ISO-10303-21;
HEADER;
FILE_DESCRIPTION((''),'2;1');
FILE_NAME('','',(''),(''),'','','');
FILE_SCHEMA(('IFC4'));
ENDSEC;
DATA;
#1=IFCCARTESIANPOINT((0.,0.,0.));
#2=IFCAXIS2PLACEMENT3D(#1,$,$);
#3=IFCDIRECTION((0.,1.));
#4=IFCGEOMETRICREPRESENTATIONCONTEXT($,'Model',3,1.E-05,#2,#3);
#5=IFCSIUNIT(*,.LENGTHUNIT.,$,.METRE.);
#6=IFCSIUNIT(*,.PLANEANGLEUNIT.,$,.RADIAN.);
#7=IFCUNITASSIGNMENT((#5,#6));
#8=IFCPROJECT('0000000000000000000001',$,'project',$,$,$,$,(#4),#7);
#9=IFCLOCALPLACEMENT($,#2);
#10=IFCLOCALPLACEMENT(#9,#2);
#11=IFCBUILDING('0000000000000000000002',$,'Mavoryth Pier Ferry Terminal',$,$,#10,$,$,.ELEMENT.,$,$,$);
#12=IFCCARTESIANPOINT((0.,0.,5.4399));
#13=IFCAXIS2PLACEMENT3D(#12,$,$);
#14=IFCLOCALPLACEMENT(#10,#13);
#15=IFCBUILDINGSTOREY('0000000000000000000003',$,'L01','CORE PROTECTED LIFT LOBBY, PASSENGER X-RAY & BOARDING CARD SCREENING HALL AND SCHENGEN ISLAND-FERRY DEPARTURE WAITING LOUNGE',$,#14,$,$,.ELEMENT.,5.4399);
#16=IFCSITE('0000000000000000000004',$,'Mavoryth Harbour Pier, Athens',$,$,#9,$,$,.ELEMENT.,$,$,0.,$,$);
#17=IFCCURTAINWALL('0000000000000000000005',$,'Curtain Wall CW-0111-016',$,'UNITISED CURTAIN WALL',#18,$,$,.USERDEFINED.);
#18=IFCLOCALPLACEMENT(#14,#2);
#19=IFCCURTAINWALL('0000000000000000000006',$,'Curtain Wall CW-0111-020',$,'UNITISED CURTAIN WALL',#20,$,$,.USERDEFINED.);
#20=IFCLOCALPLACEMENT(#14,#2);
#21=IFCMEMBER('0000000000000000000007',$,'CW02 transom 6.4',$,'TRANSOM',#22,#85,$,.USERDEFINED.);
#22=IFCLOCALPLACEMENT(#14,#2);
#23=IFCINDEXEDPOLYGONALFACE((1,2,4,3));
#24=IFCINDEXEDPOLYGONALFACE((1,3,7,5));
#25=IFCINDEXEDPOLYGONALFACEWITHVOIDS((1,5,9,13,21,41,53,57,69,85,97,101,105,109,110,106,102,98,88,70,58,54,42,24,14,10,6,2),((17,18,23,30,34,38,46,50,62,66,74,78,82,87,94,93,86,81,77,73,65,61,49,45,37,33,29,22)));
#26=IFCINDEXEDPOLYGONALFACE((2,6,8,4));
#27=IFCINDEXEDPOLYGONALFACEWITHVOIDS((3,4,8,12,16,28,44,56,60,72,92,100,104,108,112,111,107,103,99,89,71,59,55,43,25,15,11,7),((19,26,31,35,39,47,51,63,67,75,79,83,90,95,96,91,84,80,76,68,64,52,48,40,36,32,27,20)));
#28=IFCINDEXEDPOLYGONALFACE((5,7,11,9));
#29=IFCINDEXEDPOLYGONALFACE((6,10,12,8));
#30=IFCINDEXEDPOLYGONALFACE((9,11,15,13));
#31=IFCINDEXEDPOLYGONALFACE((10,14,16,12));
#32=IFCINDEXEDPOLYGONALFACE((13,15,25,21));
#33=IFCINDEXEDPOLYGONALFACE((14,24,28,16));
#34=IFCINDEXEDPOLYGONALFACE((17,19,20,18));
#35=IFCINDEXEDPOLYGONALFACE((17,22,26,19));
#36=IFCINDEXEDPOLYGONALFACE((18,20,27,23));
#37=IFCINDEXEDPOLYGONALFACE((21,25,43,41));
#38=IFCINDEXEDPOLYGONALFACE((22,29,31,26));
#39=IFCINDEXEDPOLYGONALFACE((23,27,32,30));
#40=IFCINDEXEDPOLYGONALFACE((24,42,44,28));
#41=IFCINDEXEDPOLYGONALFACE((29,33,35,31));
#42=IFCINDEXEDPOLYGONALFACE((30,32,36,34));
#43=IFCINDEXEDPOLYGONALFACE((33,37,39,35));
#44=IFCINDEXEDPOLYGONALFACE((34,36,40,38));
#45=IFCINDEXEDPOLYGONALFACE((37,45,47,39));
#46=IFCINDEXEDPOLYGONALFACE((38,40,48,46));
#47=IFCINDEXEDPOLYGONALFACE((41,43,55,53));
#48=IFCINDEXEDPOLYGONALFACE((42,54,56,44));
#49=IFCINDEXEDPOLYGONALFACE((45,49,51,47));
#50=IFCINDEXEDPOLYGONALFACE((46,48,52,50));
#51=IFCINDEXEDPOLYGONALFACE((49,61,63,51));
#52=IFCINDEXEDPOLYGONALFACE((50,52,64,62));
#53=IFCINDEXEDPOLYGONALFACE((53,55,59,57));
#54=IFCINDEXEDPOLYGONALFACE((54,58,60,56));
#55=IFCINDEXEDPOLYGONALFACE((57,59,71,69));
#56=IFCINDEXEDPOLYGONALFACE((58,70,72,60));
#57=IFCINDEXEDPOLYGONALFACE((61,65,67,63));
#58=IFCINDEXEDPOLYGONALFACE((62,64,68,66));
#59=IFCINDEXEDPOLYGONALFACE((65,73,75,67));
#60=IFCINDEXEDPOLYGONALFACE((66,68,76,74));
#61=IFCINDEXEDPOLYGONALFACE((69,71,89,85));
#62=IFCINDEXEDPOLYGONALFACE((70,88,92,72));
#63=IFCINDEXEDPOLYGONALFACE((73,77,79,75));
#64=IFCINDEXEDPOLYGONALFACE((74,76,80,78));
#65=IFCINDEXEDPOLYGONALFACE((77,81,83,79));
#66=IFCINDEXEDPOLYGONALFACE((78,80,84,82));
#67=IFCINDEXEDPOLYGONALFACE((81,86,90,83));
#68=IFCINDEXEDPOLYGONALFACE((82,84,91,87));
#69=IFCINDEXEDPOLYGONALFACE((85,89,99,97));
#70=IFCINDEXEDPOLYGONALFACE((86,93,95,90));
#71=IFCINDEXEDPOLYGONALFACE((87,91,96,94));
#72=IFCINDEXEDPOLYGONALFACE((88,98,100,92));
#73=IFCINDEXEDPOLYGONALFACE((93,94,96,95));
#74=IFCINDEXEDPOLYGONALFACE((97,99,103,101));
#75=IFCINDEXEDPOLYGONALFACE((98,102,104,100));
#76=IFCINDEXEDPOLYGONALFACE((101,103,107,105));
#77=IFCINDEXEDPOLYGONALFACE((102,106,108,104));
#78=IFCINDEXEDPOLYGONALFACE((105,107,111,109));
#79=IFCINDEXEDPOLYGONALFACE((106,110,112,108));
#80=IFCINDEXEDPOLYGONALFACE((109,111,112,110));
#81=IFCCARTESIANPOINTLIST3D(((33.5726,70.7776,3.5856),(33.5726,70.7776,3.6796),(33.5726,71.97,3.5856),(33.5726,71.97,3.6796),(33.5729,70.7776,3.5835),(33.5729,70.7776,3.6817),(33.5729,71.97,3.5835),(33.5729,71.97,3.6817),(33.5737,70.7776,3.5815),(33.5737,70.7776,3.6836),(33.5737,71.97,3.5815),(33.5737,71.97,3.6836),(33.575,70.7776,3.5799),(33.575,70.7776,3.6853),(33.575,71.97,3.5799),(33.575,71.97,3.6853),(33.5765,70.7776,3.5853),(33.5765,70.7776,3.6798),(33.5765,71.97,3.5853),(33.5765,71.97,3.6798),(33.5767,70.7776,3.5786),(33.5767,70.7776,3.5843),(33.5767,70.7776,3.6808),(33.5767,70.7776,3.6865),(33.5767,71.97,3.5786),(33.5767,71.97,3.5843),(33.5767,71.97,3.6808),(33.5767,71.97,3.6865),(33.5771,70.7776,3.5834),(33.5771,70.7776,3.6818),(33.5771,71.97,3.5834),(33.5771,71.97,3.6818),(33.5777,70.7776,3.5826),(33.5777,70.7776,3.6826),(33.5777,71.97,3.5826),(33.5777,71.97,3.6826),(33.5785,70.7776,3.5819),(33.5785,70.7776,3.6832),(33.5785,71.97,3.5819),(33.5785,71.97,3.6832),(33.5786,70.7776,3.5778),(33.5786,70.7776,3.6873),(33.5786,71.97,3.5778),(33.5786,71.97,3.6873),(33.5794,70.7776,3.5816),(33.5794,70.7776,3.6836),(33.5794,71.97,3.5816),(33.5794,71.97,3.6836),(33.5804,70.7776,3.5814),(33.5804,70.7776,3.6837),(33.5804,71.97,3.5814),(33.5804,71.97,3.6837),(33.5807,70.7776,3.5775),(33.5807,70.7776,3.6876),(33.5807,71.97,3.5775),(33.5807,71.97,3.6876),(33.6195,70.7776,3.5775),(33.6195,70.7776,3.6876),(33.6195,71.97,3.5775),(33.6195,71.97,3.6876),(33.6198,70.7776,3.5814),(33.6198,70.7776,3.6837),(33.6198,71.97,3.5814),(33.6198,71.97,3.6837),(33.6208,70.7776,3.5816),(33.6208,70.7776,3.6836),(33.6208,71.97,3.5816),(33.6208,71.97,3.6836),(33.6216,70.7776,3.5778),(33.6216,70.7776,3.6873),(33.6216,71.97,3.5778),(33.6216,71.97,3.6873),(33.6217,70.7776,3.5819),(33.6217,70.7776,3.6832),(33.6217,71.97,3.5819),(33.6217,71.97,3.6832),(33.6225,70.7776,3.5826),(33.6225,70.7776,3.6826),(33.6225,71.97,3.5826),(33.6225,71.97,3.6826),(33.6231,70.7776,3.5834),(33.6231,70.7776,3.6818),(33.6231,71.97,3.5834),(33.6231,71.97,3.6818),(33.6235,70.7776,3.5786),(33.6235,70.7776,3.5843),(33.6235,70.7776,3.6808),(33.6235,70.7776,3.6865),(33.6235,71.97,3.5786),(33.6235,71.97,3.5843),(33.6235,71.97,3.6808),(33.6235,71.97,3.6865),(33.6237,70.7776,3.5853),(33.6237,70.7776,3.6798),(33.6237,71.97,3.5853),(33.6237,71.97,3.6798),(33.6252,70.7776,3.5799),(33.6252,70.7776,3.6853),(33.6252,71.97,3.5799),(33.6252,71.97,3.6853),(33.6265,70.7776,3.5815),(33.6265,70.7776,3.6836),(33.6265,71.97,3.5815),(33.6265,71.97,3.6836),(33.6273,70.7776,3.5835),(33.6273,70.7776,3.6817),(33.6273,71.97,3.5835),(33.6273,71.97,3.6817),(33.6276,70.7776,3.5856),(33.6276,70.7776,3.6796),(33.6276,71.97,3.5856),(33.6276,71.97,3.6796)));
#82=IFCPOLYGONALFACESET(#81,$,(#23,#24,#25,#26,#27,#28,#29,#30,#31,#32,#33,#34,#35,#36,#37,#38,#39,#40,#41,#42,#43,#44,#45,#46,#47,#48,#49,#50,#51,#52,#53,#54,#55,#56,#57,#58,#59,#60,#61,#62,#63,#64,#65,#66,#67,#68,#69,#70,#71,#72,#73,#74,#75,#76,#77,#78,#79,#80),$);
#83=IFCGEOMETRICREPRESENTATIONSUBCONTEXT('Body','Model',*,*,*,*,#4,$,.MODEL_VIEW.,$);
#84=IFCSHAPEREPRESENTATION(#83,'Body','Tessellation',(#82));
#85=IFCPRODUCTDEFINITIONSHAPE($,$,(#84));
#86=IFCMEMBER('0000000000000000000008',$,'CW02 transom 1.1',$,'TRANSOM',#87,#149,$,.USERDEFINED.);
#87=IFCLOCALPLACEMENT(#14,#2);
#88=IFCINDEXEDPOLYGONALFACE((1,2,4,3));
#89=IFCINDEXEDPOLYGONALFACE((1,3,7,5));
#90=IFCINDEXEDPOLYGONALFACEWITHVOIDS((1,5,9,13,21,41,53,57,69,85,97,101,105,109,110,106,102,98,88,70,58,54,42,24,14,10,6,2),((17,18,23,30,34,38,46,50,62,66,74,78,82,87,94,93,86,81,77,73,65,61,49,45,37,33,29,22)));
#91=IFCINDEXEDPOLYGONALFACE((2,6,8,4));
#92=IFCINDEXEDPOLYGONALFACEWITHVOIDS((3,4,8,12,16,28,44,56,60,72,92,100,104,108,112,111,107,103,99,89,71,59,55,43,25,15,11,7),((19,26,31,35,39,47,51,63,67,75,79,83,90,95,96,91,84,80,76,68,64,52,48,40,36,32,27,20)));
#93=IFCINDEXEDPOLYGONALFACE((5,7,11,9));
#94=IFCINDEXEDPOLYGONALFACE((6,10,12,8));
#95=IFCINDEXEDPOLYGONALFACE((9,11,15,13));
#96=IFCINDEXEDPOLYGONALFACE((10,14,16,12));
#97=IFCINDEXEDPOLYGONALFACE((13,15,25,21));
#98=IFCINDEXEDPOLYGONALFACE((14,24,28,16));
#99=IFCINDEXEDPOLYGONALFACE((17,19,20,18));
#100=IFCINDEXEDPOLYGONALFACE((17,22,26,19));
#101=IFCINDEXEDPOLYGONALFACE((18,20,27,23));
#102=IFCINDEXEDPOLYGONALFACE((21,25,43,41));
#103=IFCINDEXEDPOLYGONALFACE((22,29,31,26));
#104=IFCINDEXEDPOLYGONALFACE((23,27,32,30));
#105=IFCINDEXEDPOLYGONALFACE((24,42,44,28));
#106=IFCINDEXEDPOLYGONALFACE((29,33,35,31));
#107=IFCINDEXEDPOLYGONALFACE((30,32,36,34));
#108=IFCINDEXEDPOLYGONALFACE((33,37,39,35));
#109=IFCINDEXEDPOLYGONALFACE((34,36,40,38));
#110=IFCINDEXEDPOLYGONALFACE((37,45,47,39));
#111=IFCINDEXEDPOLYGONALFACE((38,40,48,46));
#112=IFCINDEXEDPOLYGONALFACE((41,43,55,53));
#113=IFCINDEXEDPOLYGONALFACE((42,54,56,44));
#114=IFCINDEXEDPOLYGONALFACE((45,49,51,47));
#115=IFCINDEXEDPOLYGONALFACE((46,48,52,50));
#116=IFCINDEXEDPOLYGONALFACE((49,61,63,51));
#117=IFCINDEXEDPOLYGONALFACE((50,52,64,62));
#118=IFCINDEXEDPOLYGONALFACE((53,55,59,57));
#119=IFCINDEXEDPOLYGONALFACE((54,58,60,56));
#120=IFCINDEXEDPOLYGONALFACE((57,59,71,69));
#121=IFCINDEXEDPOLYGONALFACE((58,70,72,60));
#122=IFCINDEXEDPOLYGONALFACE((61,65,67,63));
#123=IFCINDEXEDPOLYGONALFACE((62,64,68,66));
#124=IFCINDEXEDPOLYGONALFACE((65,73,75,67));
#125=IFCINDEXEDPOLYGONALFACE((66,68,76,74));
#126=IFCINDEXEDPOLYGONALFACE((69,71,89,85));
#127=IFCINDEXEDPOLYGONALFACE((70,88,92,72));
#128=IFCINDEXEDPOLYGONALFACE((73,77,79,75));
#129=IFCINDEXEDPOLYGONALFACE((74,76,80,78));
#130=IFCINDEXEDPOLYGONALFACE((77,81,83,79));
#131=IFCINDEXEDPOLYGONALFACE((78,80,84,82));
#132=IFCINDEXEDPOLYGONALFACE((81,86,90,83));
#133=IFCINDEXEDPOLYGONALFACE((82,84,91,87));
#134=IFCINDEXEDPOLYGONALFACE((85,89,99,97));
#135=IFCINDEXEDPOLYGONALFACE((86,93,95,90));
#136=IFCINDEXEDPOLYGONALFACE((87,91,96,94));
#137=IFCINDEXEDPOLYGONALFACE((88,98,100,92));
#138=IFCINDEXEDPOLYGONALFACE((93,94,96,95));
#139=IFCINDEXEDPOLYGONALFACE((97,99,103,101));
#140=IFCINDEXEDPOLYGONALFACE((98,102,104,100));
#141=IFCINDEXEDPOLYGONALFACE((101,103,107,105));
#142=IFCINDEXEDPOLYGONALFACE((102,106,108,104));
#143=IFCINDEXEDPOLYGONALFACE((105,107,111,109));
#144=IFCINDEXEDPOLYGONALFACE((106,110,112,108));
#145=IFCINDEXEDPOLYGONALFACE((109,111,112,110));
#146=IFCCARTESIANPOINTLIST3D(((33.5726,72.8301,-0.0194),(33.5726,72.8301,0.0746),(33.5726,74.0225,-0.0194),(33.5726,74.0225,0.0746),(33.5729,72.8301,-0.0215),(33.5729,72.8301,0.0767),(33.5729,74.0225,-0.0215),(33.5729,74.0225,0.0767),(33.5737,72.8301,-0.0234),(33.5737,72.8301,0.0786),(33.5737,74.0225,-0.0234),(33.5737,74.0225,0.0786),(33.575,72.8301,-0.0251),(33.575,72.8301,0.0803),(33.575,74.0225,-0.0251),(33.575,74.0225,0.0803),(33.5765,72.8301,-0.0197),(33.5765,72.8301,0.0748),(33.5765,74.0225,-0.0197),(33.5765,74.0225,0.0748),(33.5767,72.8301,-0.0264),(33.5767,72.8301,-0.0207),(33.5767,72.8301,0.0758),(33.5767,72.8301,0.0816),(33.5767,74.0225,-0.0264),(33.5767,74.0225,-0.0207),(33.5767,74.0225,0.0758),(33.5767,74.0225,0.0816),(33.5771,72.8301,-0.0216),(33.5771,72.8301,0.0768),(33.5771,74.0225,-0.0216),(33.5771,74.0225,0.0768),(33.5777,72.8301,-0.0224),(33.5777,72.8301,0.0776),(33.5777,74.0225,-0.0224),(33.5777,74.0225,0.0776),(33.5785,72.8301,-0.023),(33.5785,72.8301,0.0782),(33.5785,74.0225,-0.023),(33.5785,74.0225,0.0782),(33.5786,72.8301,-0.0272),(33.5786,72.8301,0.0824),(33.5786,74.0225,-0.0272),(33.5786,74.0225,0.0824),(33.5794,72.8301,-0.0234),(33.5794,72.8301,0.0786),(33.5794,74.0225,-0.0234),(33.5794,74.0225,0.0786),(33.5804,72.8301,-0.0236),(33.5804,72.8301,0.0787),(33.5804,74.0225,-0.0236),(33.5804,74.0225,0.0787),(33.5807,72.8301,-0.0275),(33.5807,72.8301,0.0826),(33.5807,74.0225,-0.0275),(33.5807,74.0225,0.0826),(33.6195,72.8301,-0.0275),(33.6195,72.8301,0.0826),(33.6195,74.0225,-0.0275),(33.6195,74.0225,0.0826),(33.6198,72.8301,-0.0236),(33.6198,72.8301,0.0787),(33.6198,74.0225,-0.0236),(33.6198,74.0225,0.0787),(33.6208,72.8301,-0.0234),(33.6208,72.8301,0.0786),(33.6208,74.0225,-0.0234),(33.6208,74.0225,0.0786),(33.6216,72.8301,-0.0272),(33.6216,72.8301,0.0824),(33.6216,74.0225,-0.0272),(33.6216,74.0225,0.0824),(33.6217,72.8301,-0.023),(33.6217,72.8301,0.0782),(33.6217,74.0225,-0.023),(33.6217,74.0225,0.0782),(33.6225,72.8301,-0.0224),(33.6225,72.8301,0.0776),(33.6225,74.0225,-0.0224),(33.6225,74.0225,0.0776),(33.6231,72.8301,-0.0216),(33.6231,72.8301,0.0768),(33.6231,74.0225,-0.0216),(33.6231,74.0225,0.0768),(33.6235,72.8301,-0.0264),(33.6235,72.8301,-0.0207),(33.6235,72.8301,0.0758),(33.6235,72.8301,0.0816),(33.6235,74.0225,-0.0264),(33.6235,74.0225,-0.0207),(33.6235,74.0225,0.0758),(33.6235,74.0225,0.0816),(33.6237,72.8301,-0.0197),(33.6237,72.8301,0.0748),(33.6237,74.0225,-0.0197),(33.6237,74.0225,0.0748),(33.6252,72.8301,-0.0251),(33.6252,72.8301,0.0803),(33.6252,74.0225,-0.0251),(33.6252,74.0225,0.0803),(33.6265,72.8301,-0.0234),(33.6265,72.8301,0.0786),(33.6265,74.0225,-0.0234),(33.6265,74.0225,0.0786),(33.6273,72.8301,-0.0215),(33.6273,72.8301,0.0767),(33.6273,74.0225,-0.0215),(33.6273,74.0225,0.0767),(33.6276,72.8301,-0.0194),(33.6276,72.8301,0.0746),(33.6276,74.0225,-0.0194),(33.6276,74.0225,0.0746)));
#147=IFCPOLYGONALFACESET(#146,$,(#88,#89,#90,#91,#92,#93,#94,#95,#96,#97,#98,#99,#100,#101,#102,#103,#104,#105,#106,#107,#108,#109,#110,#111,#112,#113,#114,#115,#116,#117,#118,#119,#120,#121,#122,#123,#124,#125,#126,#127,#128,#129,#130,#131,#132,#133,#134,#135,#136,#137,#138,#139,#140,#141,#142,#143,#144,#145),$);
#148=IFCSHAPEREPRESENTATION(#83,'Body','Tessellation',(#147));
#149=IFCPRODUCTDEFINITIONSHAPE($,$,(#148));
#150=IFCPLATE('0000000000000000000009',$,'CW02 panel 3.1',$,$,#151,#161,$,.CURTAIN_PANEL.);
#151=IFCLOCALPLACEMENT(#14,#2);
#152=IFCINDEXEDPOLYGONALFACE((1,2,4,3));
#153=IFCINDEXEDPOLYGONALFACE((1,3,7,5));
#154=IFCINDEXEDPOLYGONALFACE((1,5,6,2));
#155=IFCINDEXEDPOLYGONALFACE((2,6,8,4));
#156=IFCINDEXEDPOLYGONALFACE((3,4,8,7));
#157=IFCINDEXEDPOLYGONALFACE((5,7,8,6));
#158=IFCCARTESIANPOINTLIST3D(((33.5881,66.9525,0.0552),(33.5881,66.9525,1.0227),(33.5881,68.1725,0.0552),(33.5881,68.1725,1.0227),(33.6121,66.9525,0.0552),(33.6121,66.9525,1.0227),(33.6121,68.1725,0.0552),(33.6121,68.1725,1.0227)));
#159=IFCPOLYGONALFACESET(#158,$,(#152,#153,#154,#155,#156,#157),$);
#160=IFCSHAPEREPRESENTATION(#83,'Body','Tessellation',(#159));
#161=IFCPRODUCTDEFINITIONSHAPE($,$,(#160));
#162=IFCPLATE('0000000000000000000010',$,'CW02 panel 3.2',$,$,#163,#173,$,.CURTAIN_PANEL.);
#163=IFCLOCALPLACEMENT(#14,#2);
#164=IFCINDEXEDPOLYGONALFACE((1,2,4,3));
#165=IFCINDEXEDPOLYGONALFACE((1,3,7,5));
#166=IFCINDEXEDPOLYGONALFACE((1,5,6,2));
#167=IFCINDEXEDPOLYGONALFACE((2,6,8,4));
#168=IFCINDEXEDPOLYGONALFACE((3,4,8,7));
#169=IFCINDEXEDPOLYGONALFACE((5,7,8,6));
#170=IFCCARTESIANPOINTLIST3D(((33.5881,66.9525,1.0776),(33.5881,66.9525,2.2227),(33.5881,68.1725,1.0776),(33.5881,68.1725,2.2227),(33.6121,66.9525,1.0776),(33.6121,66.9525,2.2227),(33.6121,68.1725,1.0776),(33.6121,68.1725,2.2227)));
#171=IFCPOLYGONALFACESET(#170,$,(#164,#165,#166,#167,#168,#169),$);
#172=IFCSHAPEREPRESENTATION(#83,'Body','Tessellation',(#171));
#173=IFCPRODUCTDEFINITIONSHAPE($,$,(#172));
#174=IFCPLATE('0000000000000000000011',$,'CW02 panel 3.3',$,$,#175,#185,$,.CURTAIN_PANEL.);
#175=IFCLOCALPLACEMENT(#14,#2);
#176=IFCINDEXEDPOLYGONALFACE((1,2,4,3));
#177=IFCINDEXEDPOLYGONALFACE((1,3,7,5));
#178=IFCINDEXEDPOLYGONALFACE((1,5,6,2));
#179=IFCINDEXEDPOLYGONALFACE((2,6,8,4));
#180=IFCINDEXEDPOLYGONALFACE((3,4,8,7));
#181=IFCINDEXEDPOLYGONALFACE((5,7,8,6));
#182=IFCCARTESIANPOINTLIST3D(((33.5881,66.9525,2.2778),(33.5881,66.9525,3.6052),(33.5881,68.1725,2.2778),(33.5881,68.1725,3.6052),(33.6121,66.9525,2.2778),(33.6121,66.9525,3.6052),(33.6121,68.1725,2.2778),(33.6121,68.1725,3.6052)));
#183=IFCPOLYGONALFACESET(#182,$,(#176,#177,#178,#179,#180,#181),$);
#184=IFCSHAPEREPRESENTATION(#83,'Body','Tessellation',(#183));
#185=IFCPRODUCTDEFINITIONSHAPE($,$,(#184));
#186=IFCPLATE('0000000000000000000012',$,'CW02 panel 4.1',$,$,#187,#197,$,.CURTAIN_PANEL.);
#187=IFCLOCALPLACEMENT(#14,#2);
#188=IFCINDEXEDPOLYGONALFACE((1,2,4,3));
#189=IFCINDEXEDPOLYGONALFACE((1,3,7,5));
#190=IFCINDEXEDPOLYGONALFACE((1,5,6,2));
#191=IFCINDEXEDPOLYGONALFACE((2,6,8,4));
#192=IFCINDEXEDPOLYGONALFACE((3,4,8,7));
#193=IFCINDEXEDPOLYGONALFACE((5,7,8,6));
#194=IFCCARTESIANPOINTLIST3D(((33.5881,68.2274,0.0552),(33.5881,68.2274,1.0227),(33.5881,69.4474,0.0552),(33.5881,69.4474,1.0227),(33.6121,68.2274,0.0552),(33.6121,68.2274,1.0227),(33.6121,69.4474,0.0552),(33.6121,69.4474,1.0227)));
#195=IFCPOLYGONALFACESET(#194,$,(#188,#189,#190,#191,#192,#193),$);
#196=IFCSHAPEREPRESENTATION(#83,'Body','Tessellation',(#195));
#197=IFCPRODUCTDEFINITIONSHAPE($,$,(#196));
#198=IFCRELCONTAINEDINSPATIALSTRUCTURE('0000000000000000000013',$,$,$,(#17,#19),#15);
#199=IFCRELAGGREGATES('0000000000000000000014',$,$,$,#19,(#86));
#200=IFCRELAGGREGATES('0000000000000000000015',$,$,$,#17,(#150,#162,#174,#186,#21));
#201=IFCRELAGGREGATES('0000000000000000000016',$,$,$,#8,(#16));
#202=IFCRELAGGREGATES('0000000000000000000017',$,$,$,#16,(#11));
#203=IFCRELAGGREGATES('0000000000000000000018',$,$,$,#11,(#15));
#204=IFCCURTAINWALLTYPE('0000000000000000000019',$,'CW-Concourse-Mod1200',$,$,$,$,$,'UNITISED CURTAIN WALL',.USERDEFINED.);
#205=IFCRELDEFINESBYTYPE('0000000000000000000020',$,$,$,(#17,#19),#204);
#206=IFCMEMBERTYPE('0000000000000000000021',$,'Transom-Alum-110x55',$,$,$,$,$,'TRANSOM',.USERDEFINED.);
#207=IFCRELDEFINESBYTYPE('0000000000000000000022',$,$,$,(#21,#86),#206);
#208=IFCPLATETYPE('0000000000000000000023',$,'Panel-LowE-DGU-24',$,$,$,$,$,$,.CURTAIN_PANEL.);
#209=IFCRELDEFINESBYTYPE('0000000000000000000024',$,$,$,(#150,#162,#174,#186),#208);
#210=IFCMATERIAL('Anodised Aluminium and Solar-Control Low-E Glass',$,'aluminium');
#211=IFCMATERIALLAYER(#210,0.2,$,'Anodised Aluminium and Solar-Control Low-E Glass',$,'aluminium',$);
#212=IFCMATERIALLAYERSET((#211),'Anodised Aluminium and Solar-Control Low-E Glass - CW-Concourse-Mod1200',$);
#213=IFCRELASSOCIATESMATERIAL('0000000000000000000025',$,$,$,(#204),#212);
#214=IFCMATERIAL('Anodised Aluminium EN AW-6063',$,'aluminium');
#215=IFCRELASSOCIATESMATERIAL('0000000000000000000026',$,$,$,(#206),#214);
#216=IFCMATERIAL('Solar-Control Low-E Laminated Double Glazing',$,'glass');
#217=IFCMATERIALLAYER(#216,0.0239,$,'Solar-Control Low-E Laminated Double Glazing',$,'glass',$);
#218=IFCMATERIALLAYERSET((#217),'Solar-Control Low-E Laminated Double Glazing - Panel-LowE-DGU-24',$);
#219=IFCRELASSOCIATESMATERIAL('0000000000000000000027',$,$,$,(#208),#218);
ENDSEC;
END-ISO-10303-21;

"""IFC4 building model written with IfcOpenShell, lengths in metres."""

from ifc_helpers import new_model, si_unit, direction, frame, origin, origin_2d, place, context, subcontext, project, spatial, rectangle, hollow_rectangle, extrude, material, layer, layer_set, material_profile, profile_set, type_object, element, aggregate, save


model = new_model("IFC4")

# Units and contexts
model_context = context("Model", 3, precision=1e-05, world=origin(), true_north=direction((0.0, 1.0)))
body_context = subcontext(model_context, "Body", "Model", "MODEL_VIEW")
ifc_project = project(units=[si_unit("LENGTHUNIT", "METRE"), si_unit("PLANEANGLEUNIT", "RADIAN")], contexts=[model_context])

# Site, building, storey
site_placement = place(None, origin())
site = spatial("IfcSite", under=ifc_project, at=site_placement, Name="Mavoryth Harbour Pier, Athens", CompositionType="ELEMENT", RefElevation=0.0)
building_placement = place(site_placement, origin())
building = spatial("IfcBuilding", under=site, at=building_placement, Name="Mavoryth Pier Ferry Terminal", CompositionType="ELEMENT")
storey_placement = place(building_placement, frame((0.0, 0.0, 5.4399)))
storey = spatial("IfcBuildingStorey", under=building, at=storey_placement, Name="L01", Description="CORE PROTECTED LIFT LOBBY, PASSENGER X-RAY & BOARDING CARD SCREENING HALL AND SCHENGEN ISLAND-FERRY DEPARTURE WAITING LOUNGE", CompositionType="ELEMENT", Elevation=5.4399)

# Curtain wall
ifc_material_1 = material(Name="Anodised Aluminium and Solar-Control Low-E Glass", Category="aluminium")
ifc_layer_1 = layer(ifc_material_1, 0.2, Name="Anodised Aluminium and Solar-Control Low-E Glass", Category="aluminium")
ifc_layer_set_1 = layer_set([ifc_layer_1], Name="Anodised Aluminium and Solar-Control Low-E Glass - CW-Concourse-Mod1200")
curtain_wall_type = type_object("IfcCurtainWallType", Name="CW-Concourse-Mod1200", ElementType="UNITISED CURTAIN WALL", PredefinedType="USERDEFINED", material=ifc_layer_set_1)
curtain_wall_1_placement = place(storey_placement, origin())
curtain_wall_1 = element("IfcCurtainWall", 1, at=curtain_wall_1_placement, inside=storey, type_object=curtain_wall_type, Name="Curtain Wall CW-0111-016", ObjectType="UNITISED CURTAIN WALL", PredefinedType="USERDEFINED")
ifc_material_2 = material(Name="Anodised Aluminium EN AW-6063", Category="aluminium")

# Curtain wall
curtain_wall_2_placement = place(storey_placement, origin())
curtain_wall_2 = element("IfcCurtainWall", 2, at=curtain_wall_2_placement, inside=storey, type_object=curtain_wall_type, Name="Curtain Wall CW-0111-020", ObjectType="UNITISED CURTAIN WALL", PredefinedType="USERDEFINED")

# Members
ifc_material_profile_1 = material_profile(ifc_material_2, hollow_rectangle(XDim=0.0549, YDim=0.1101, WallThickness=0.0039, InnerFilletRadius=0.0039, OuterFilletRadius=0.0081, at=origin_2d()), Name="AL-TRAN 110x55x4", Category="aluminium")
ifc_profile_set_1 = profile_set([ifc_material_profile_1], Name="Anodised Aluminium EN AW-6063 - AL-TRAN 110x55x4")
member_type_1 = type_object("IfcMemberType", Name="Transom-Alum-110x55", ElementType="TRANSOM", PredefinedType="USERDEFINED", material=ifc_profile_set_1)
member_1_placement = place(storey_placement, frame((33.6001, 70.7776, 3.6326), z_axis=(0.0, 1.0, 0.0), x_axis=(-1.0, 0.0, 0.0)))
member_1 = element("IfcMember", 3, at=member_1_placement, type_object=member_type_1, Name="CW02 transom 6.4", ObjectType="TRANSOM", PredefinedType="USERDEFINED", context=body_context, shape_type="SweptSolid", body=[
    extrude(hollow_rectangle(XDim=0.0549, YDim=0.1101, WallThickness=0.0039, InnerFilletRadius=0.0039, OuterFilletRadius=0.0081, at=origin_2d()), origin(), (0.0, 0.0, 1.0), 1.1924),
])
member_2_placement = place(storey_placement, frame((33.6001, 72.8301, 0.0276), z_axis=(0.0, 1.0, 0.0), x_axis=(-1.0, 0.0, 0.0)))
member_2 = element("IfcMember", 4, at=member_2_placement, type_object=member_type_1, Name="CW02 transom 1.1", ObjectType="TRANSOM", PredefinedType="USERDEFINED", context=body_context, shape_type="SweptSolid", body=[
    extrude(hollow_rectangle(XDim=0.0549, YDim=0.1101, WallThickness=0.0039, InnerFilletRadius=0.0039, OuterFilletRadius=0.0081, at=origin_2d()), origin(), (0.0, 0.0, 1.0), 1.1924),
])
aggregate(curtain_wall_2, [member_2])

# Plates
ifc_material_3 = material(Name="Solar-Control Low-E Laminated Double Glazing", Category="glass")
ifc_layer_2 = layer(ifc_material_3, 0.0239, Name="Solar-Control Low-E Laminated Double Glazing", Category="glass")
ifc_layer_set_2 = layer_set([ifc_layer_2], Name="Solar-Control Low-E Laminated Double Glazing - Panel-LowE-DGU-24")
plate_type = type_object("IfcPlateType", Name="Panel-LowE-DGU-24", PredefinedType="CURTAIN_PANEL", material=ifc_layer_set_2)
plate_1_placement = place(storey_placement, frame((33.6001, 67.5625, 0.0552), z_axis=(0.0, 0.0, 1.0), x_axis=(0.0, 1.0, 0.0)))
plate_1 = element("IfcPlate", 5, at=plate_1_placement, type_object=plate_type, Name="CW02 panel 3.1", PredefinedType="CURTAIN_PANEL", context=body_context, shape_type="SweptSolid", body=[
    extrude(rectangle(XDim=1.22, YDim=0.0239, at=origin_2d()), origin(), (0.0, 0.0, 1.0), 0.9675),
])
plate_2_placement = place(storey_placement, frame((33.6001, 67.5625, 1.0776), z_axis=(0.0, 0.0, 1.0), x_axis=(0.0, 1.0, 0.0)))
plate_2 = element("IfcPlate", 6, at=plate_2_placement, type_object=plate_type, Name="CW02 panel 3.2", PredefinedType="CURTAIN_PANEL", context=body_context, shape_type="SweptSolid", body=[
    extrude(rectangle(XDim=1.22, YDim=0.0239, at=origin_2d()), origin(), (0.0, 0.0, 1.0), 1.145),
])
plate_3_placement = place(storey_placement, frame((33.6001, 67.5625, 2.2778), z_axis=(0.0, 0.0, 1.0), x_axis=(0.0, 1.0, 0.0)))
plate_3 = element("IfcPlate", 7, at=plate_3_placement, type_object=plate_type, Name="CW02 panel 3.3", PredefinedType="CURTAIN_PANEL", context=body_context, shape_type="SweptSolid", body=[
    extrude(rectangle(XDim=1.22, YDim=0.0239, at=origin_2d()), origin(), (0.0, 0.0, 1.0), 1.3274),
])
plate_4_placement = place(storey_placement, frame((33.6001, 68.8374, 0.0552), z_axis=(0.0, 0.0, 1.0), x_axis=(0.0, 1.0, 0.0)))
plate_4 = element("IfcPlate", 8, at=plate_4_placement, type_object=plate_type, Name="CW02 panel 4.1", PredefinedType="CURTAIN_PANEL", context=body_context, shape_type="SweptSolid", body=[
    extrude(rectangle(XDim=1.22, YDim=0.0239, at=origin_2d()), origin(), (0.0, 0.0, 1.0), 0.9675),
])
aggregate(curtain_wall_1, [plate_1, plate_2, plate_3, plate_4, member_1])

save(model, "model.ifc")
